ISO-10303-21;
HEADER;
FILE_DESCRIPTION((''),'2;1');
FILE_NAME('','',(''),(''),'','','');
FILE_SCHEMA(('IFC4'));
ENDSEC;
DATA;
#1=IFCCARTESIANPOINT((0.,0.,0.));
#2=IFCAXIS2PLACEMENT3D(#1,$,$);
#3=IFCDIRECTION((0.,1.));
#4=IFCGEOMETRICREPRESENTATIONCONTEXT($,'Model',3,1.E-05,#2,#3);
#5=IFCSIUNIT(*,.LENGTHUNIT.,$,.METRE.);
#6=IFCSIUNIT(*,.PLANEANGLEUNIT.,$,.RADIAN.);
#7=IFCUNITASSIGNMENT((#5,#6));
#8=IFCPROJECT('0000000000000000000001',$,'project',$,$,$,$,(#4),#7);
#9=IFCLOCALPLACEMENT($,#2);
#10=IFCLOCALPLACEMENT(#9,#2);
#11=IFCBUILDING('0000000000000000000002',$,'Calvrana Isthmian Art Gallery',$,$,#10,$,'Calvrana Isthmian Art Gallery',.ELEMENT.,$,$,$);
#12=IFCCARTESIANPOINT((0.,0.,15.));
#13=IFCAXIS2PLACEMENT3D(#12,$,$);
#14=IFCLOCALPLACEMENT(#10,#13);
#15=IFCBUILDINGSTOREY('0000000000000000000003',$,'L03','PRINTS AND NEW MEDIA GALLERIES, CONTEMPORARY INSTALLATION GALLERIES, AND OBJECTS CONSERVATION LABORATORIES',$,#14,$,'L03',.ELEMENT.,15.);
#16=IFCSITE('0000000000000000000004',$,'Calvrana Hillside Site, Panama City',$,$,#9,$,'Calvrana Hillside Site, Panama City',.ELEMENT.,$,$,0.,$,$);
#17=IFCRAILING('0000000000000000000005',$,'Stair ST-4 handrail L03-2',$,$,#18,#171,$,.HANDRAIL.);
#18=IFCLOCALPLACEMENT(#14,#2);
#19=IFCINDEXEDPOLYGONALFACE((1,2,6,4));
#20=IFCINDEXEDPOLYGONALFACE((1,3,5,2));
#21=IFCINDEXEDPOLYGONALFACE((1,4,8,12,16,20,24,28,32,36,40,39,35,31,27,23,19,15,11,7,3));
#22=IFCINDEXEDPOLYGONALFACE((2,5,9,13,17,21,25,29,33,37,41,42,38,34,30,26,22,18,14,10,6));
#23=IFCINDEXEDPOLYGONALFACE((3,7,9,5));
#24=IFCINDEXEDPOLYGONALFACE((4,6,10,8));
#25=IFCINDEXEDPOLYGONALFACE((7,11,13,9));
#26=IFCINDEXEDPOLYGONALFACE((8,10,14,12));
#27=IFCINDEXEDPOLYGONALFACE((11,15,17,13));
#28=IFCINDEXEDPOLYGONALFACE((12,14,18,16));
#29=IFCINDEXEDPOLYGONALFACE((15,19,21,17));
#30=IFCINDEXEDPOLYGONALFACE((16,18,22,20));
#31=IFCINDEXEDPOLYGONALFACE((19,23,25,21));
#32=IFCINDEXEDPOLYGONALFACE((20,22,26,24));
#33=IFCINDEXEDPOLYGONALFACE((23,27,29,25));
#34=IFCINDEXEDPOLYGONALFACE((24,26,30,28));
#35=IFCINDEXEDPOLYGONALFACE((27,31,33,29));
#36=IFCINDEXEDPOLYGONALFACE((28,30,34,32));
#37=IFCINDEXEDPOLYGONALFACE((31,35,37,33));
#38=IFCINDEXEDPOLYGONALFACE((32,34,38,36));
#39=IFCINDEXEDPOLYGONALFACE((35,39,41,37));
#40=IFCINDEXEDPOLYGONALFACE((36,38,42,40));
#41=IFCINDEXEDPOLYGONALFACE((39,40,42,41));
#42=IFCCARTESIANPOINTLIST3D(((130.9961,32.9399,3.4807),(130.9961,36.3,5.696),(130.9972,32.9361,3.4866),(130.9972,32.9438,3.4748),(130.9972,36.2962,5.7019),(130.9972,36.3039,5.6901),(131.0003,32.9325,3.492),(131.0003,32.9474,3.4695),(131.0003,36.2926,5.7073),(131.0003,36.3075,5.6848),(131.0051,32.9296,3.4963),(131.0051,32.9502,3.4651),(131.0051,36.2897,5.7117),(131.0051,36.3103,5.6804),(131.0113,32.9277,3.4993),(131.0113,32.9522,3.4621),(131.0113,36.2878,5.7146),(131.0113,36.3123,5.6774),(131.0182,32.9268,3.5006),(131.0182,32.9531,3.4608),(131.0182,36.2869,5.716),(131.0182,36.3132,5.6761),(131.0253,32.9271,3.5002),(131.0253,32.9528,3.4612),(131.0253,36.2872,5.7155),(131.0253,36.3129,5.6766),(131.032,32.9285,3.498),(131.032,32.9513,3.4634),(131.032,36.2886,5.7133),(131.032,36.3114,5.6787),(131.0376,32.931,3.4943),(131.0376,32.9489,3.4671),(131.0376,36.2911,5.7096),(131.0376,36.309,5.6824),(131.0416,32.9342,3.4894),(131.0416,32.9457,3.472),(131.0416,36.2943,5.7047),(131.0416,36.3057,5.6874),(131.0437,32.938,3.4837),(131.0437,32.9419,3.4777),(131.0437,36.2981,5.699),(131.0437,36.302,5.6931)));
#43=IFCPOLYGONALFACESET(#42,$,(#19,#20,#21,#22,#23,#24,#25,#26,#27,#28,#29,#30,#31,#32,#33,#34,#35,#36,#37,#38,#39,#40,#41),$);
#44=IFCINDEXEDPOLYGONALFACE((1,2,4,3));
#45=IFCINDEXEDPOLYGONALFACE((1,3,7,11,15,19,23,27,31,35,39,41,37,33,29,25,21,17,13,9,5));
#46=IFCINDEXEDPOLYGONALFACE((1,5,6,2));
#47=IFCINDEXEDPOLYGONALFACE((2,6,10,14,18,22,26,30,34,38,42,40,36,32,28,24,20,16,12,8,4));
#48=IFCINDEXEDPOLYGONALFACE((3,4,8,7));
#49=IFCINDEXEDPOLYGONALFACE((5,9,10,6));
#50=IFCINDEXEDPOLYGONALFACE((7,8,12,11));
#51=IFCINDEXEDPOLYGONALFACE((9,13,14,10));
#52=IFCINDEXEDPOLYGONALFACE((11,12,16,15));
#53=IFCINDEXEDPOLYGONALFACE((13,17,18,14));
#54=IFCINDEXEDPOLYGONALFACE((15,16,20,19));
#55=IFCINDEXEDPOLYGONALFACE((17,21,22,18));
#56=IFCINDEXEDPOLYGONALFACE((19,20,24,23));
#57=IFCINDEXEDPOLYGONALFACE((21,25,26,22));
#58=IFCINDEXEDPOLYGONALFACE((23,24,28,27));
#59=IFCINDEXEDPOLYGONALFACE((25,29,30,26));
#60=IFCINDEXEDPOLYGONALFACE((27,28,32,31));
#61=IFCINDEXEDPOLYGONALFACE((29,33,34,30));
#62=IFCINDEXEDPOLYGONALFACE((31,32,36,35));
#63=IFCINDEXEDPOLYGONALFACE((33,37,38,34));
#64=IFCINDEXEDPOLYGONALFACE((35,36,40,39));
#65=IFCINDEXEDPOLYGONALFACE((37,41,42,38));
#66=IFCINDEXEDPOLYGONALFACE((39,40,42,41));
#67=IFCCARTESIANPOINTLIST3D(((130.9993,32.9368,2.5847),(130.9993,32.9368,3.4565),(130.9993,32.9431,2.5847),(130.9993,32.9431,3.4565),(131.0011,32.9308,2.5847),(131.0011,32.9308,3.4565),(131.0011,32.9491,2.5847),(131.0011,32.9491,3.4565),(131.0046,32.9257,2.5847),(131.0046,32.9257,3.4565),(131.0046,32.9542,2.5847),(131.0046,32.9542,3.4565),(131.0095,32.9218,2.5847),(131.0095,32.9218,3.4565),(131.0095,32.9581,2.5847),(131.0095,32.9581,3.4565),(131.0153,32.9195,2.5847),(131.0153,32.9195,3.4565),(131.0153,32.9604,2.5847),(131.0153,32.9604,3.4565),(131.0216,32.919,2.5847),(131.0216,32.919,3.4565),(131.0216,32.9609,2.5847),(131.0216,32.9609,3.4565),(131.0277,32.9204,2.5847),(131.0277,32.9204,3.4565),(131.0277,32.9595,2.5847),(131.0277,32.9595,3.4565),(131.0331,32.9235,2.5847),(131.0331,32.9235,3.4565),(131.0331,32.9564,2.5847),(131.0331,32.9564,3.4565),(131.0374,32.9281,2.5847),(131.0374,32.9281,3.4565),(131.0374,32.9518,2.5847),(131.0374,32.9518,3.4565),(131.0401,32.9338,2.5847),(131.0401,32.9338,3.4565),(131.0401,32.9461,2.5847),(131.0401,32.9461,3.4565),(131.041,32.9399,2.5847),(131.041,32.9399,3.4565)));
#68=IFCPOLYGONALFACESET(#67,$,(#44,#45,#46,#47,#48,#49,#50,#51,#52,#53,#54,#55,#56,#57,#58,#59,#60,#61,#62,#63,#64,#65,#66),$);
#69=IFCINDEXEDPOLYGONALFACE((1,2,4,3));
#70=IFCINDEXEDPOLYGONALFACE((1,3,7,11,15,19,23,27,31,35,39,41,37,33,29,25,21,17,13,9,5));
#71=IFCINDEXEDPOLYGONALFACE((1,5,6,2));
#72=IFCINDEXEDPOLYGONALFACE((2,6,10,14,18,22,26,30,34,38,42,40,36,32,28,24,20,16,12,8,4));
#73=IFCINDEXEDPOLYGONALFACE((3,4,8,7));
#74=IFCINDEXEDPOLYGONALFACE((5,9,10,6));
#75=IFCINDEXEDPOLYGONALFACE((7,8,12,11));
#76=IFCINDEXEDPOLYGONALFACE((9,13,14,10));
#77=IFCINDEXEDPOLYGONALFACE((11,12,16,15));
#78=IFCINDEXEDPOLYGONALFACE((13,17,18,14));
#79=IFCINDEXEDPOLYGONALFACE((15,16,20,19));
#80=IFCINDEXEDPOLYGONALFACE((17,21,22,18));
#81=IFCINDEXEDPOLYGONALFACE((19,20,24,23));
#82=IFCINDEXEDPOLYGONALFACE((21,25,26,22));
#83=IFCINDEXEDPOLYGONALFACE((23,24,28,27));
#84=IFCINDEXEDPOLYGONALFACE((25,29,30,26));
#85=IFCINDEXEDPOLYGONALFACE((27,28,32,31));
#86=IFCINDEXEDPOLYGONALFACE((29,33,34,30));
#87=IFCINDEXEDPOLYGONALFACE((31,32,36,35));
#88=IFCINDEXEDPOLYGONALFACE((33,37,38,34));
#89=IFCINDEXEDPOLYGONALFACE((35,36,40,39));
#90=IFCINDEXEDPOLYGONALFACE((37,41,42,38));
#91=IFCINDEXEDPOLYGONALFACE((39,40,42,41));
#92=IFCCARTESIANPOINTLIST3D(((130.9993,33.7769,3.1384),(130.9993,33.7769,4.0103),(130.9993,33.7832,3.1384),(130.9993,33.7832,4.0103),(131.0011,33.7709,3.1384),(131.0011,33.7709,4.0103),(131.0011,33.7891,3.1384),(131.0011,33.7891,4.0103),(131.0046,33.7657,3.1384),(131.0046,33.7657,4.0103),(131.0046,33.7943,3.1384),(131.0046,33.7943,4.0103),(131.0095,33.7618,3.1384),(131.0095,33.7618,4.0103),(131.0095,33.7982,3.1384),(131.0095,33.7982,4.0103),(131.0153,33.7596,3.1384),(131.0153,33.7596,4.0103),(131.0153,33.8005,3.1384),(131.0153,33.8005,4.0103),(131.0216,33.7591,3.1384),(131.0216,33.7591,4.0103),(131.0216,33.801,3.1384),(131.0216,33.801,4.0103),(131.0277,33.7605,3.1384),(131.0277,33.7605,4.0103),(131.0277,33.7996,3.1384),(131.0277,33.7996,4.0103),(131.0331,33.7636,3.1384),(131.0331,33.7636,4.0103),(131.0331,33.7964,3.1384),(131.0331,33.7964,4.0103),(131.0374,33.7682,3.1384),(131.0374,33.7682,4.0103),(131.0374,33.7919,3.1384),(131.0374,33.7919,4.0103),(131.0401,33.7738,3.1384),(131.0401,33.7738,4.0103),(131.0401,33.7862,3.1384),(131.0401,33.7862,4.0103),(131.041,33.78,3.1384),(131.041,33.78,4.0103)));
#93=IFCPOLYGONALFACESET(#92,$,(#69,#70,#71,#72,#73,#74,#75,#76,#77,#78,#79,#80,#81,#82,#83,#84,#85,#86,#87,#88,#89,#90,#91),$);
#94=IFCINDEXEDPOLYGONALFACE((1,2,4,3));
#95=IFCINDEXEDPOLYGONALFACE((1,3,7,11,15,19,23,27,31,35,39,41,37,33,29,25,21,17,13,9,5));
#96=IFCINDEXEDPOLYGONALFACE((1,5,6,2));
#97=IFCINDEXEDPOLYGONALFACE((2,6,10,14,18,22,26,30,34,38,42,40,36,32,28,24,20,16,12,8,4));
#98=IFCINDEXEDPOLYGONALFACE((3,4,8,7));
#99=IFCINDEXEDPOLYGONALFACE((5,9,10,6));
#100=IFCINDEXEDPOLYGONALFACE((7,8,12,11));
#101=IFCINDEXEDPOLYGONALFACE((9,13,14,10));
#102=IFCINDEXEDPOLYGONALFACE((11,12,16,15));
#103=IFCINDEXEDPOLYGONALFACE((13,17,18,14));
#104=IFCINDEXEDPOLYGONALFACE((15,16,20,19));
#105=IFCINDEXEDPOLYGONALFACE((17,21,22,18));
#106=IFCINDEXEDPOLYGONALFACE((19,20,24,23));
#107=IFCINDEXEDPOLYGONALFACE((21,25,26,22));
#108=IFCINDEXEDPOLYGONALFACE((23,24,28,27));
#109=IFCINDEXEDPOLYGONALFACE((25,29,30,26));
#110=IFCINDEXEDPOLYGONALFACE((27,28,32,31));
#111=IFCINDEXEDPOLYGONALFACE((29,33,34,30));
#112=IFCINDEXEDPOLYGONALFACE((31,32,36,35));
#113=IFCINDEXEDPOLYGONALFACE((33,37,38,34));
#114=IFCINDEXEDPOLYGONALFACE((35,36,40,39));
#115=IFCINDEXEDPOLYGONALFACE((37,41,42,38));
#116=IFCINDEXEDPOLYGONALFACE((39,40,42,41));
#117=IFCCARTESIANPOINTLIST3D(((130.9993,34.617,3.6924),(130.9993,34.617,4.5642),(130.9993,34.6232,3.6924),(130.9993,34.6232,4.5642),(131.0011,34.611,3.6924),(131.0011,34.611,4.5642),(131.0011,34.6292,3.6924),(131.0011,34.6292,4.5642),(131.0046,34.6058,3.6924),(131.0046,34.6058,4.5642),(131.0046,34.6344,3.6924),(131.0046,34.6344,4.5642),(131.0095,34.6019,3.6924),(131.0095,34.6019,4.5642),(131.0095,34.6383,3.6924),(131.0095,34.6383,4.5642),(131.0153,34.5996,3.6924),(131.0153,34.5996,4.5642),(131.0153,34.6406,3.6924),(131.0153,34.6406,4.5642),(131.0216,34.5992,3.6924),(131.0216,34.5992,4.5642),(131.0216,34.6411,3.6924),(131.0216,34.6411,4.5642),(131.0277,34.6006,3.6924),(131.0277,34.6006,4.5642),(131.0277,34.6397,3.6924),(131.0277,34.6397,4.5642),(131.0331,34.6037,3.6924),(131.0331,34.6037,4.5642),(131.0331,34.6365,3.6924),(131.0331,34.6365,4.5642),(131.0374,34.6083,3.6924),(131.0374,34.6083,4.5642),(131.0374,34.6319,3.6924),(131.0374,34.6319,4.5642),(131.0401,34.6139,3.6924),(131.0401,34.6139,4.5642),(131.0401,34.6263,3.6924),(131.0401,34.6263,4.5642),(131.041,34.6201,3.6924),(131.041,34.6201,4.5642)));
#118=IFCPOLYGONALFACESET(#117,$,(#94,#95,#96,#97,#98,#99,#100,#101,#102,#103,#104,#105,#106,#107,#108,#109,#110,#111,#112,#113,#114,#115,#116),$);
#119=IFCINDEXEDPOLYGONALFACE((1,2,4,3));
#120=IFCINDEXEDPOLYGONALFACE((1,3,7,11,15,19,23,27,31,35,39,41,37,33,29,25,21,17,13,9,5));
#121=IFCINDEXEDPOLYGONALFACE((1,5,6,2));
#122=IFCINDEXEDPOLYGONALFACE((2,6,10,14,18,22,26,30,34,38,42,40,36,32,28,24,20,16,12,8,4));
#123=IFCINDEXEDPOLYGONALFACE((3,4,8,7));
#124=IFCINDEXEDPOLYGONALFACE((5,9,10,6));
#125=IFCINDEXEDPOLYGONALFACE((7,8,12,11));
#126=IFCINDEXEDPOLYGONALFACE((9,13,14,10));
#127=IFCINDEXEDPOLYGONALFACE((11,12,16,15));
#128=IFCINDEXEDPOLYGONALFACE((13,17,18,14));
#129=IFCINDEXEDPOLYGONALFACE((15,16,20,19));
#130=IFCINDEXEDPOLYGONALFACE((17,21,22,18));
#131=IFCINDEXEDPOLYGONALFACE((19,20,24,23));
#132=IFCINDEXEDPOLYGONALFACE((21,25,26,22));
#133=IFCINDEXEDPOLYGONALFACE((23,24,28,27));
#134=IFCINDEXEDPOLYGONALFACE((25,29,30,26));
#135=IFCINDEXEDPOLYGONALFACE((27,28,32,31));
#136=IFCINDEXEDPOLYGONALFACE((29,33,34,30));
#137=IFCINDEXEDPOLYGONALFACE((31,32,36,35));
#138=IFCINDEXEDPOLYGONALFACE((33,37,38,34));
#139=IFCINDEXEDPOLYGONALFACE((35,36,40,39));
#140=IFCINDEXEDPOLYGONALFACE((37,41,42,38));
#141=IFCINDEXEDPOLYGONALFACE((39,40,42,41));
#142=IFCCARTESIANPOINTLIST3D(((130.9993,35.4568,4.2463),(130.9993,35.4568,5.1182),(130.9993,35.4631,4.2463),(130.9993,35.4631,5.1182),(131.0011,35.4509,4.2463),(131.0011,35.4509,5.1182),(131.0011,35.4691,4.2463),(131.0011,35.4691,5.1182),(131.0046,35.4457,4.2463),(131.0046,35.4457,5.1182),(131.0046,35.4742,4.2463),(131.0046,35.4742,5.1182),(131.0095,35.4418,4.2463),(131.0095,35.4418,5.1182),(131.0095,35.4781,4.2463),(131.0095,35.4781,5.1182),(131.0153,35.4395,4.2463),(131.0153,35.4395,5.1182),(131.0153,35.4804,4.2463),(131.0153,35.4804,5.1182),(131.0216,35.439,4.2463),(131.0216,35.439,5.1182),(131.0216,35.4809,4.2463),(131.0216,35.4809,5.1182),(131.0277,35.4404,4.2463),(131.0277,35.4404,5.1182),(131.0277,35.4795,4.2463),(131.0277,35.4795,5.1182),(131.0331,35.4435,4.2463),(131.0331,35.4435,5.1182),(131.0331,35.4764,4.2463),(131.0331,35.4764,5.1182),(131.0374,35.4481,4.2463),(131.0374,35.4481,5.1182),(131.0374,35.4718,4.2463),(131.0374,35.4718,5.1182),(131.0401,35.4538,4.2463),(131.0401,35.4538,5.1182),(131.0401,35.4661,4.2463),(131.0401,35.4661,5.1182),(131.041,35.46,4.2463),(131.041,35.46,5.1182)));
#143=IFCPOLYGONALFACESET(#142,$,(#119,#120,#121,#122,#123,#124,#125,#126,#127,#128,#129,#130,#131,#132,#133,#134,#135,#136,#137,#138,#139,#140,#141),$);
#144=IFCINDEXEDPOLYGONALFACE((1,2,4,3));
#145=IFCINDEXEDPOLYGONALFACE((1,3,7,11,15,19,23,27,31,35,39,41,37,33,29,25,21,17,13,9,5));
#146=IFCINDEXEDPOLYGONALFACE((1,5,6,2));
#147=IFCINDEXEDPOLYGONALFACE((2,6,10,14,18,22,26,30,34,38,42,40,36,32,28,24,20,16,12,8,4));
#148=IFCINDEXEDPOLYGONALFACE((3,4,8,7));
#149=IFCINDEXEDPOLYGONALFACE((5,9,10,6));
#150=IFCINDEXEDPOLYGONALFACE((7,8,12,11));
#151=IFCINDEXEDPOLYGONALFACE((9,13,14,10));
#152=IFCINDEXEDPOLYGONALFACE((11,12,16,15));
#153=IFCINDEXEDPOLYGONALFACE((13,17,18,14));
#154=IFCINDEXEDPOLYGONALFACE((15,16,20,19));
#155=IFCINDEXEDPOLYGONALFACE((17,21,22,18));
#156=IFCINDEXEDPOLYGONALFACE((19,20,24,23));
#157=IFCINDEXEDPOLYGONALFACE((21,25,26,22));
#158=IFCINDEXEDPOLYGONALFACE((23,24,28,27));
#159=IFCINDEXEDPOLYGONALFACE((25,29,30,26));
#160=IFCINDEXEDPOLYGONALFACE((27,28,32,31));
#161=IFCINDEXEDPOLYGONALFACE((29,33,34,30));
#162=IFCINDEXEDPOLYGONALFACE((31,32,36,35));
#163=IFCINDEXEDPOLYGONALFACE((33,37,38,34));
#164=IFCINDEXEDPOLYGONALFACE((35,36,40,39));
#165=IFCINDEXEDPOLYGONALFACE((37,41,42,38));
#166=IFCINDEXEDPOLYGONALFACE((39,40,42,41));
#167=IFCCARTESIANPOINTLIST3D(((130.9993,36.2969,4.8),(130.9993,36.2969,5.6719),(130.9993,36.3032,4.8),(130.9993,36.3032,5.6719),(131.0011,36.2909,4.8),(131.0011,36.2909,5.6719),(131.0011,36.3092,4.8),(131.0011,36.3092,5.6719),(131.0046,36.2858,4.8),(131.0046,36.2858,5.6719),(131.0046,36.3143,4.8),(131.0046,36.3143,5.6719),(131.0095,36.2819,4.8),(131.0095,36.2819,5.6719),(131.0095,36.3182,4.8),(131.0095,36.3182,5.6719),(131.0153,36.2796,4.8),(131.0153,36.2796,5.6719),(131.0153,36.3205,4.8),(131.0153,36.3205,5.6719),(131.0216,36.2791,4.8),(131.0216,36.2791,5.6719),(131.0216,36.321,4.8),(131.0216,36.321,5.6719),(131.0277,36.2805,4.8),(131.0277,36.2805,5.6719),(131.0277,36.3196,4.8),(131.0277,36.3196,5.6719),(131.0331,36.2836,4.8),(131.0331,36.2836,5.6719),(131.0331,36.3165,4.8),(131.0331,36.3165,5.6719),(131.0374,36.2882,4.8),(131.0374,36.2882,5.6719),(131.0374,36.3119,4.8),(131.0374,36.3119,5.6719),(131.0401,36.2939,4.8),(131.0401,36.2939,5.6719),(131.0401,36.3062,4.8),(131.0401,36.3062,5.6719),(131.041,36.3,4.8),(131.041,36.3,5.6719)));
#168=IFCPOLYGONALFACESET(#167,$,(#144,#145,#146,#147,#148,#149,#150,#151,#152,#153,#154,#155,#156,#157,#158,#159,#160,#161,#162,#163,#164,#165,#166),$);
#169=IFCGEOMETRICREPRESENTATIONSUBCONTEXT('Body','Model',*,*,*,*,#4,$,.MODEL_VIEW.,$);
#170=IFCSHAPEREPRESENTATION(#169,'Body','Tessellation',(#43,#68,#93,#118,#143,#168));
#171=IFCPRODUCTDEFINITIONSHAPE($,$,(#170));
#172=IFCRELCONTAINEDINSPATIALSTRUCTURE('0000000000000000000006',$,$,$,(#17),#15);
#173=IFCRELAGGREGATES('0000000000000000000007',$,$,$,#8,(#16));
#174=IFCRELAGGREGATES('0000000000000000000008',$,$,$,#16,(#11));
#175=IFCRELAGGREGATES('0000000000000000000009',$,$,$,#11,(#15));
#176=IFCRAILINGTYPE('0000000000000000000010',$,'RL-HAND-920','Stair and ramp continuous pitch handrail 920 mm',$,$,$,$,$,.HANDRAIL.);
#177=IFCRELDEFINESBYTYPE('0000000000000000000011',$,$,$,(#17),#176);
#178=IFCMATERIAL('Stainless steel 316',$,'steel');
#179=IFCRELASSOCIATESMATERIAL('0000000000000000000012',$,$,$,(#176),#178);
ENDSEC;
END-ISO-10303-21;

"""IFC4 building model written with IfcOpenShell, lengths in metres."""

from ifc_helpers import new_model, si_unit, direction, frame, origin, origin_2d, place, context, subcontext, project, spatial, circle, extrude, material, type_object, element, save


model = new_model("IFC4")

# Units and contexts
model_context = context("Model", 3, precision=1e-05, world=origin(), true_north=direction((0.0, 1.0)))
body_context = subcontext(model_context, "Body", "Model", "MODEL_VIEW")
ifc_project = project(units=[si_unit("LENGTHUNIT", "METRE"), si_unit("PLANEANGLEUNIT", "RADIAN")], contexts=[model_context])

# Site, building, storey
site_placement = place(None, origin())
site = spatial("IfcSite", under=ifc_project, at=site_placement, Name="Calvrana Hillside Site, Panama City", LongName="Calvrana Hillside Site, Panama City", CompositionType="ELEMENT", RefElevation=0.0)
building_placement = place(site_placement, origin())
building = spatial("IfcBuilding", under=site, at=building_placement, Name="Calvrana Isthmian Art Gallery", LongName="Calvrana Isthmian Art Gallery", CompositionType="ELEMENT")
storey_placement = place(building_placement, frame((0.0, 0.0, 15.0)))
storey = spatial("IfcBuildingStorey", under=building, at=storey_placement, Name="L03", Description="PRINTS AND NEW MEDIA GALLERIES, CONTEMPORARY INSTALLATION GALLERIES, AND OBJECTS CONSERVATION LABORATORIES", LongName="L03", CompositionType="ELEMENT", Elevation=15.0)

# Shared definitions
ifc_material_1 = material(Name="Stainless steel 316", Category="steel")

# Railing
railing_type_1 = type_object("IfcRailingType", Name="RL-HAND-920", Description="Stair and ramp continuous pitch handrail 920 mm", PredefinedType="HANDRAIL", material=ifc_material_1)
railing_1_placement = place(storey_placement, frame((131.02, 32.9399, 2.5847)))
element("IfcRailing", 1, at=railing_1_placement, inside=storey, type_object=railing_type_1, Name="Stair ST-4 handrail L03-2", PredefinedType="HANDRAIL", context=body_context, shape_type="SweptSolid", body=[
    extrude(circle(Radius=0.0239, at=origin_2d()), frame((0.0, 0.0, 0.896), z_axis=(0.0, 0.834876, 0.550437), x_axis=(-1.0, 0.0, 0.0)), (0.0, 0.0, 1.0), 4.0247),
    extrude(circle(Radius=0.021, at=origin_2d()), origin(), (0.0, 0.0, 1.0), 0.8718),
    extrude(circle(Radius=0.021, at=origin_2d()), frame((0.0, 0.8401, 0.5537)), (0.0, 0.0, 1.0), 0.8718),
    extrude(circle(Radius=0.021, at=origin_2d()), frame((0.0, 1.6802, 1.1077)), (0.0, 0.0, 1.0), 0.8718),
    extrude(circle(Radius=0.021, at=origin_2d()), frame((0.0, 2.52, 1.6616)), (0.0, 0.0, 1.0), 0.8718),
    extrude(circle(Radius=0.021, at=origin_2d()), frame((0.0, 3.3601, 2.2153)), (0.0, 0.0, 1.0), 0.8718),
])

save(model, "model.ifc")
